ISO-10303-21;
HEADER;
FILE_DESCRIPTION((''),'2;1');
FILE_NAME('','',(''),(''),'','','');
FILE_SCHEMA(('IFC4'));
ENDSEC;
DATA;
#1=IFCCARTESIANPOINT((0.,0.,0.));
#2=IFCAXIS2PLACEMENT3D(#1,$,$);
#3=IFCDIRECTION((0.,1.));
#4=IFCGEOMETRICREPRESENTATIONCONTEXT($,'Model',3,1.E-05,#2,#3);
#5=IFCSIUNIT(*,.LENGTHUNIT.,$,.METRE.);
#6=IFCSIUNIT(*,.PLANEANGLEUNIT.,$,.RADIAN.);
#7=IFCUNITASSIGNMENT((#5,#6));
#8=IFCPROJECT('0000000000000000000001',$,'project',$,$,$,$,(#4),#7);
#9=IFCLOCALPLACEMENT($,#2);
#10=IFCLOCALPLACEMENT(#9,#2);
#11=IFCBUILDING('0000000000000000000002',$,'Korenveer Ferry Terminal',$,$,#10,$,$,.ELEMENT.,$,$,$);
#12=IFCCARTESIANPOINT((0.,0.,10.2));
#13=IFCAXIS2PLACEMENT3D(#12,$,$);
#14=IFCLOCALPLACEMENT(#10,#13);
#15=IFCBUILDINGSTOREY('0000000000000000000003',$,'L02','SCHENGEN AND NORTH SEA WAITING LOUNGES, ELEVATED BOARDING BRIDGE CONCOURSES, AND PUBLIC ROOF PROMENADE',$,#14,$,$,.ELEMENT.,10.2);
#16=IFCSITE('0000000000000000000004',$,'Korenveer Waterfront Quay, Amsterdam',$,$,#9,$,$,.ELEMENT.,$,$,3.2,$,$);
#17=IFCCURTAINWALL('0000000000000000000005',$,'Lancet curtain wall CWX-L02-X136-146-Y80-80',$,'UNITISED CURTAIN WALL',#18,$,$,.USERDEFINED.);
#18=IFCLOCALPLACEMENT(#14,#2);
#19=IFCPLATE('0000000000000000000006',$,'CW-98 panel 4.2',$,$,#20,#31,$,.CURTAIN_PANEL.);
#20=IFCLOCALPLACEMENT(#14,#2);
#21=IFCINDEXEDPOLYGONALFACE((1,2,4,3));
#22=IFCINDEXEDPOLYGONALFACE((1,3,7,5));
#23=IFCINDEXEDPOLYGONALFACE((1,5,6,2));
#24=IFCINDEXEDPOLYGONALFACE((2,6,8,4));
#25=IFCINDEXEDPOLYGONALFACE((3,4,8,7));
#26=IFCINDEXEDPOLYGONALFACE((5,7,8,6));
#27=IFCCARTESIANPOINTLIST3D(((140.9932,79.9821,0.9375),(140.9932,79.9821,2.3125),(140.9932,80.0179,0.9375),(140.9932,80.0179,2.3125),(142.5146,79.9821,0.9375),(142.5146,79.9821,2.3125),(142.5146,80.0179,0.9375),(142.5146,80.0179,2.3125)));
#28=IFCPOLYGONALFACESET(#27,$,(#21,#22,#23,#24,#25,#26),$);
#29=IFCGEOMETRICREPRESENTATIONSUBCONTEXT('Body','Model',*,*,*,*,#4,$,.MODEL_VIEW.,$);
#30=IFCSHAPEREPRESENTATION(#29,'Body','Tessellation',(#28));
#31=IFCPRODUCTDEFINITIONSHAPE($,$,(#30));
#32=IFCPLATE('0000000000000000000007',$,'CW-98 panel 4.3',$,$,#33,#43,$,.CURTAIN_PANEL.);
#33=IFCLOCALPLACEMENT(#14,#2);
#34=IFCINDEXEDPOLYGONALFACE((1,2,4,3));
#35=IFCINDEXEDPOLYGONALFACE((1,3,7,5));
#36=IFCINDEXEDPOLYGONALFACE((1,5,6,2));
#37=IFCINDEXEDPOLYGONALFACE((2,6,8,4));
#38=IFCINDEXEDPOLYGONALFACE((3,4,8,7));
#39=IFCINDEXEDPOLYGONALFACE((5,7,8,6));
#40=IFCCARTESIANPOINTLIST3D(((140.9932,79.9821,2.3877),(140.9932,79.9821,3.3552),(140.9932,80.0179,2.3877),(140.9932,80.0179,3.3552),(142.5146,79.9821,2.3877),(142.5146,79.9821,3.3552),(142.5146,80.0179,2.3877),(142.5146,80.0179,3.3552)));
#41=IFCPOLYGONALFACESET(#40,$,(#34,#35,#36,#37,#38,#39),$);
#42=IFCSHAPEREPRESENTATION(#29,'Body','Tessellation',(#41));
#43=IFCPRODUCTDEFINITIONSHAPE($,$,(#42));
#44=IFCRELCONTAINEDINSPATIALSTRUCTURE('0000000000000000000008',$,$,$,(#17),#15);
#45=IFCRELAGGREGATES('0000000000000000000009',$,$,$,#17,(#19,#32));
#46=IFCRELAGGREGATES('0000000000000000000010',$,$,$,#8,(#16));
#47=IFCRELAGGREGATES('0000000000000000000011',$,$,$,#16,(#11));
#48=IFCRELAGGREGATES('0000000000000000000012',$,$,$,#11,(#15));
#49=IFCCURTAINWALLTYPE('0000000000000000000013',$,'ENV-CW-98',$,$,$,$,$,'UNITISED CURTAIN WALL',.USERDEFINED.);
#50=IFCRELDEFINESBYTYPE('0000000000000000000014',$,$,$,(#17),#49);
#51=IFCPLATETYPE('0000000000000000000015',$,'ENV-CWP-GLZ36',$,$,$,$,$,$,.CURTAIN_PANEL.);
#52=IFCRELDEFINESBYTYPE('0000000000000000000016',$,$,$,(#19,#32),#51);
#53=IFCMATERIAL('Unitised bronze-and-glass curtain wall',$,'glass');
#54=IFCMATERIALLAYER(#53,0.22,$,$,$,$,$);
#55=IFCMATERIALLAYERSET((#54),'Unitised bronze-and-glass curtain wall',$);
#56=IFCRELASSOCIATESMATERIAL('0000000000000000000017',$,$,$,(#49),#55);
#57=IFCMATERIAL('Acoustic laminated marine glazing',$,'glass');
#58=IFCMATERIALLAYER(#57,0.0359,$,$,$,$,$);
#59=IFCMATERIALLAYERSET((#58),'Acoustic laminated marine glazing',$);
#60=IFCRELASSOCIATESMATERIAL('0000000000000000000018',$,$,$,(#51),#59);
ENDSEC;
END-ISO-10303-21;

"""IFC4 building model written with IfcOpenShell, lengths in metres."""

from ifc_helpers import new_model, si_unit, direction, frame, origin, origin_2d, place, context, subcontext, project, spatial, rectangle, extrude, material, layer, layer_set, type_object, element, aggregate, save


model = new_model("IFC4")

# Units and contexts
model_context = context("Model", 3, precision=1e-05, world=origin(), true_north=direction((0.0, 1.0)))
body_context = subcontext(model_context, "Body", "Model", "MODEL_VIEW")
ifc_project = project(units=[si_unit("LENGTHUNIT", "METRE"), si_unit("PLANEANGLEUNIT", "RADIAN")], contexts=[model_context])

# Site, building, storey
site_placement = place(None, origin())
site = spatial("IfcSite", under=ifc_project, at=site_placement, Name="Korenveer Waterfront Quay, Amsterdam", CompositionType="ELEMENT", RefElevation=3.2)
building_placement = place(site_placement, origin())
building = spatial("IfcBuilding", under=site, at=building_placement, Name="Korenveer Ferry Terminal", CompositionType="ELEMENT")
storey_placement = place(building_placement, frame((0.0, 0.0, 10.2)))
storey = spatial("IfcBuildingStorey", under=building, at=storey_placement, Name="L02", Description="SCHENGEN AND NORTH SEA WAITING LOUNGES, ELEVATED BOARDING BRIDGE CONCOURSES, AND PUBLIC ROOF PROMENADE", CompositionType="ELEMENT", Elevation=10.2)

# Curtain wall
ifc_material_1 = material(Name="Unitised bronze-and-glass curtain wall", Category="glass")
ifc_layer_1 = layer(ifc_material_1, 0.22)
ifc_layer_set_1 = layer_set([ifc_layer_1], Name="Unitised bronze-and-glass curtain wall")
curtain_wall_type = type_object("IfcCurtainWallType", Name="ENV-CW-98", ElementType="UNITISED CURTAIN WALL", PredefinedType="USERDEFINED", material=ifc_layer_set_1)
curtain_wall_placement = place(storey_placement, frame((136.1665, 80.0, 0.0)))
curtain_wall = element("IfcCurtainWall", 1, at=curtain_wall_placement, inside=storey, type_object=curtain_wall_type, Name="Lancet curtain wall CWX-L02-X136-146-Y80-80", ObjectType="UNITISED CURTAIN WALL", PredefinedType="USERDEFINED")

# Plates
ifc_material_2 = material(Name="Acoustic laminated marine glazing", Category="glass")
ifc_layer_2 = layer(ifc_material_2, 0.0359)
ifc_layer_set_2 = layer_set([ifc_layer_2], Name="Acoustic laminated marine glazing")
plate_type = type_object("IfcPlateType", Name="ENV-CWP-GLZ36", PredefinedType="CURTAIN_PANEL", material=ifc_layer_set_2)
plate_1_placement = place(storey_placement, frame((141.7539, 80.0, 0.9375), z_axis=(0.0, 0.0, 1.0), x_axis=(1.0, 0.0, 0.0)))
plate_1 = element("IfcPlate", 2, at=plate_1_placement, type_object=plate_type, Name="CW-98 panel 4.2", PredefinedType="CURTAIN_PANEL", context=body_context, shape_type="SweptSolid", body=[
    extrude(rectangle(XDim=1.5215, YDim=0.0359, at=origin_2d()), origin(), (0.0, 0.0, 1.0), 1.375),
])
plate_2_placement = place(storey_placement, frame((141.7539, 80.0, 2.3877), z_axis=(0.0, 0.0, 1.0), x_axis=(1.0, 0.0, 0.0)))
plate_2 = element("IfcPlate", 3, at=plate_2_placement, type_object=plate_type, Name="CW-98 panel 4.3", PredefinedType="CURTAIN_PANEL", context=body_context, shape_type="SweptSolid", body=[
    extrude(rectangle(XDim=1.5215, YDim=0.0359, at=origin_2d()), origin(), (0.0, 0.0, 1.0), 0.9675),
])
aggregate(curtain_wall, [plate_1, plate_2])

save(model, "model.ifc")
